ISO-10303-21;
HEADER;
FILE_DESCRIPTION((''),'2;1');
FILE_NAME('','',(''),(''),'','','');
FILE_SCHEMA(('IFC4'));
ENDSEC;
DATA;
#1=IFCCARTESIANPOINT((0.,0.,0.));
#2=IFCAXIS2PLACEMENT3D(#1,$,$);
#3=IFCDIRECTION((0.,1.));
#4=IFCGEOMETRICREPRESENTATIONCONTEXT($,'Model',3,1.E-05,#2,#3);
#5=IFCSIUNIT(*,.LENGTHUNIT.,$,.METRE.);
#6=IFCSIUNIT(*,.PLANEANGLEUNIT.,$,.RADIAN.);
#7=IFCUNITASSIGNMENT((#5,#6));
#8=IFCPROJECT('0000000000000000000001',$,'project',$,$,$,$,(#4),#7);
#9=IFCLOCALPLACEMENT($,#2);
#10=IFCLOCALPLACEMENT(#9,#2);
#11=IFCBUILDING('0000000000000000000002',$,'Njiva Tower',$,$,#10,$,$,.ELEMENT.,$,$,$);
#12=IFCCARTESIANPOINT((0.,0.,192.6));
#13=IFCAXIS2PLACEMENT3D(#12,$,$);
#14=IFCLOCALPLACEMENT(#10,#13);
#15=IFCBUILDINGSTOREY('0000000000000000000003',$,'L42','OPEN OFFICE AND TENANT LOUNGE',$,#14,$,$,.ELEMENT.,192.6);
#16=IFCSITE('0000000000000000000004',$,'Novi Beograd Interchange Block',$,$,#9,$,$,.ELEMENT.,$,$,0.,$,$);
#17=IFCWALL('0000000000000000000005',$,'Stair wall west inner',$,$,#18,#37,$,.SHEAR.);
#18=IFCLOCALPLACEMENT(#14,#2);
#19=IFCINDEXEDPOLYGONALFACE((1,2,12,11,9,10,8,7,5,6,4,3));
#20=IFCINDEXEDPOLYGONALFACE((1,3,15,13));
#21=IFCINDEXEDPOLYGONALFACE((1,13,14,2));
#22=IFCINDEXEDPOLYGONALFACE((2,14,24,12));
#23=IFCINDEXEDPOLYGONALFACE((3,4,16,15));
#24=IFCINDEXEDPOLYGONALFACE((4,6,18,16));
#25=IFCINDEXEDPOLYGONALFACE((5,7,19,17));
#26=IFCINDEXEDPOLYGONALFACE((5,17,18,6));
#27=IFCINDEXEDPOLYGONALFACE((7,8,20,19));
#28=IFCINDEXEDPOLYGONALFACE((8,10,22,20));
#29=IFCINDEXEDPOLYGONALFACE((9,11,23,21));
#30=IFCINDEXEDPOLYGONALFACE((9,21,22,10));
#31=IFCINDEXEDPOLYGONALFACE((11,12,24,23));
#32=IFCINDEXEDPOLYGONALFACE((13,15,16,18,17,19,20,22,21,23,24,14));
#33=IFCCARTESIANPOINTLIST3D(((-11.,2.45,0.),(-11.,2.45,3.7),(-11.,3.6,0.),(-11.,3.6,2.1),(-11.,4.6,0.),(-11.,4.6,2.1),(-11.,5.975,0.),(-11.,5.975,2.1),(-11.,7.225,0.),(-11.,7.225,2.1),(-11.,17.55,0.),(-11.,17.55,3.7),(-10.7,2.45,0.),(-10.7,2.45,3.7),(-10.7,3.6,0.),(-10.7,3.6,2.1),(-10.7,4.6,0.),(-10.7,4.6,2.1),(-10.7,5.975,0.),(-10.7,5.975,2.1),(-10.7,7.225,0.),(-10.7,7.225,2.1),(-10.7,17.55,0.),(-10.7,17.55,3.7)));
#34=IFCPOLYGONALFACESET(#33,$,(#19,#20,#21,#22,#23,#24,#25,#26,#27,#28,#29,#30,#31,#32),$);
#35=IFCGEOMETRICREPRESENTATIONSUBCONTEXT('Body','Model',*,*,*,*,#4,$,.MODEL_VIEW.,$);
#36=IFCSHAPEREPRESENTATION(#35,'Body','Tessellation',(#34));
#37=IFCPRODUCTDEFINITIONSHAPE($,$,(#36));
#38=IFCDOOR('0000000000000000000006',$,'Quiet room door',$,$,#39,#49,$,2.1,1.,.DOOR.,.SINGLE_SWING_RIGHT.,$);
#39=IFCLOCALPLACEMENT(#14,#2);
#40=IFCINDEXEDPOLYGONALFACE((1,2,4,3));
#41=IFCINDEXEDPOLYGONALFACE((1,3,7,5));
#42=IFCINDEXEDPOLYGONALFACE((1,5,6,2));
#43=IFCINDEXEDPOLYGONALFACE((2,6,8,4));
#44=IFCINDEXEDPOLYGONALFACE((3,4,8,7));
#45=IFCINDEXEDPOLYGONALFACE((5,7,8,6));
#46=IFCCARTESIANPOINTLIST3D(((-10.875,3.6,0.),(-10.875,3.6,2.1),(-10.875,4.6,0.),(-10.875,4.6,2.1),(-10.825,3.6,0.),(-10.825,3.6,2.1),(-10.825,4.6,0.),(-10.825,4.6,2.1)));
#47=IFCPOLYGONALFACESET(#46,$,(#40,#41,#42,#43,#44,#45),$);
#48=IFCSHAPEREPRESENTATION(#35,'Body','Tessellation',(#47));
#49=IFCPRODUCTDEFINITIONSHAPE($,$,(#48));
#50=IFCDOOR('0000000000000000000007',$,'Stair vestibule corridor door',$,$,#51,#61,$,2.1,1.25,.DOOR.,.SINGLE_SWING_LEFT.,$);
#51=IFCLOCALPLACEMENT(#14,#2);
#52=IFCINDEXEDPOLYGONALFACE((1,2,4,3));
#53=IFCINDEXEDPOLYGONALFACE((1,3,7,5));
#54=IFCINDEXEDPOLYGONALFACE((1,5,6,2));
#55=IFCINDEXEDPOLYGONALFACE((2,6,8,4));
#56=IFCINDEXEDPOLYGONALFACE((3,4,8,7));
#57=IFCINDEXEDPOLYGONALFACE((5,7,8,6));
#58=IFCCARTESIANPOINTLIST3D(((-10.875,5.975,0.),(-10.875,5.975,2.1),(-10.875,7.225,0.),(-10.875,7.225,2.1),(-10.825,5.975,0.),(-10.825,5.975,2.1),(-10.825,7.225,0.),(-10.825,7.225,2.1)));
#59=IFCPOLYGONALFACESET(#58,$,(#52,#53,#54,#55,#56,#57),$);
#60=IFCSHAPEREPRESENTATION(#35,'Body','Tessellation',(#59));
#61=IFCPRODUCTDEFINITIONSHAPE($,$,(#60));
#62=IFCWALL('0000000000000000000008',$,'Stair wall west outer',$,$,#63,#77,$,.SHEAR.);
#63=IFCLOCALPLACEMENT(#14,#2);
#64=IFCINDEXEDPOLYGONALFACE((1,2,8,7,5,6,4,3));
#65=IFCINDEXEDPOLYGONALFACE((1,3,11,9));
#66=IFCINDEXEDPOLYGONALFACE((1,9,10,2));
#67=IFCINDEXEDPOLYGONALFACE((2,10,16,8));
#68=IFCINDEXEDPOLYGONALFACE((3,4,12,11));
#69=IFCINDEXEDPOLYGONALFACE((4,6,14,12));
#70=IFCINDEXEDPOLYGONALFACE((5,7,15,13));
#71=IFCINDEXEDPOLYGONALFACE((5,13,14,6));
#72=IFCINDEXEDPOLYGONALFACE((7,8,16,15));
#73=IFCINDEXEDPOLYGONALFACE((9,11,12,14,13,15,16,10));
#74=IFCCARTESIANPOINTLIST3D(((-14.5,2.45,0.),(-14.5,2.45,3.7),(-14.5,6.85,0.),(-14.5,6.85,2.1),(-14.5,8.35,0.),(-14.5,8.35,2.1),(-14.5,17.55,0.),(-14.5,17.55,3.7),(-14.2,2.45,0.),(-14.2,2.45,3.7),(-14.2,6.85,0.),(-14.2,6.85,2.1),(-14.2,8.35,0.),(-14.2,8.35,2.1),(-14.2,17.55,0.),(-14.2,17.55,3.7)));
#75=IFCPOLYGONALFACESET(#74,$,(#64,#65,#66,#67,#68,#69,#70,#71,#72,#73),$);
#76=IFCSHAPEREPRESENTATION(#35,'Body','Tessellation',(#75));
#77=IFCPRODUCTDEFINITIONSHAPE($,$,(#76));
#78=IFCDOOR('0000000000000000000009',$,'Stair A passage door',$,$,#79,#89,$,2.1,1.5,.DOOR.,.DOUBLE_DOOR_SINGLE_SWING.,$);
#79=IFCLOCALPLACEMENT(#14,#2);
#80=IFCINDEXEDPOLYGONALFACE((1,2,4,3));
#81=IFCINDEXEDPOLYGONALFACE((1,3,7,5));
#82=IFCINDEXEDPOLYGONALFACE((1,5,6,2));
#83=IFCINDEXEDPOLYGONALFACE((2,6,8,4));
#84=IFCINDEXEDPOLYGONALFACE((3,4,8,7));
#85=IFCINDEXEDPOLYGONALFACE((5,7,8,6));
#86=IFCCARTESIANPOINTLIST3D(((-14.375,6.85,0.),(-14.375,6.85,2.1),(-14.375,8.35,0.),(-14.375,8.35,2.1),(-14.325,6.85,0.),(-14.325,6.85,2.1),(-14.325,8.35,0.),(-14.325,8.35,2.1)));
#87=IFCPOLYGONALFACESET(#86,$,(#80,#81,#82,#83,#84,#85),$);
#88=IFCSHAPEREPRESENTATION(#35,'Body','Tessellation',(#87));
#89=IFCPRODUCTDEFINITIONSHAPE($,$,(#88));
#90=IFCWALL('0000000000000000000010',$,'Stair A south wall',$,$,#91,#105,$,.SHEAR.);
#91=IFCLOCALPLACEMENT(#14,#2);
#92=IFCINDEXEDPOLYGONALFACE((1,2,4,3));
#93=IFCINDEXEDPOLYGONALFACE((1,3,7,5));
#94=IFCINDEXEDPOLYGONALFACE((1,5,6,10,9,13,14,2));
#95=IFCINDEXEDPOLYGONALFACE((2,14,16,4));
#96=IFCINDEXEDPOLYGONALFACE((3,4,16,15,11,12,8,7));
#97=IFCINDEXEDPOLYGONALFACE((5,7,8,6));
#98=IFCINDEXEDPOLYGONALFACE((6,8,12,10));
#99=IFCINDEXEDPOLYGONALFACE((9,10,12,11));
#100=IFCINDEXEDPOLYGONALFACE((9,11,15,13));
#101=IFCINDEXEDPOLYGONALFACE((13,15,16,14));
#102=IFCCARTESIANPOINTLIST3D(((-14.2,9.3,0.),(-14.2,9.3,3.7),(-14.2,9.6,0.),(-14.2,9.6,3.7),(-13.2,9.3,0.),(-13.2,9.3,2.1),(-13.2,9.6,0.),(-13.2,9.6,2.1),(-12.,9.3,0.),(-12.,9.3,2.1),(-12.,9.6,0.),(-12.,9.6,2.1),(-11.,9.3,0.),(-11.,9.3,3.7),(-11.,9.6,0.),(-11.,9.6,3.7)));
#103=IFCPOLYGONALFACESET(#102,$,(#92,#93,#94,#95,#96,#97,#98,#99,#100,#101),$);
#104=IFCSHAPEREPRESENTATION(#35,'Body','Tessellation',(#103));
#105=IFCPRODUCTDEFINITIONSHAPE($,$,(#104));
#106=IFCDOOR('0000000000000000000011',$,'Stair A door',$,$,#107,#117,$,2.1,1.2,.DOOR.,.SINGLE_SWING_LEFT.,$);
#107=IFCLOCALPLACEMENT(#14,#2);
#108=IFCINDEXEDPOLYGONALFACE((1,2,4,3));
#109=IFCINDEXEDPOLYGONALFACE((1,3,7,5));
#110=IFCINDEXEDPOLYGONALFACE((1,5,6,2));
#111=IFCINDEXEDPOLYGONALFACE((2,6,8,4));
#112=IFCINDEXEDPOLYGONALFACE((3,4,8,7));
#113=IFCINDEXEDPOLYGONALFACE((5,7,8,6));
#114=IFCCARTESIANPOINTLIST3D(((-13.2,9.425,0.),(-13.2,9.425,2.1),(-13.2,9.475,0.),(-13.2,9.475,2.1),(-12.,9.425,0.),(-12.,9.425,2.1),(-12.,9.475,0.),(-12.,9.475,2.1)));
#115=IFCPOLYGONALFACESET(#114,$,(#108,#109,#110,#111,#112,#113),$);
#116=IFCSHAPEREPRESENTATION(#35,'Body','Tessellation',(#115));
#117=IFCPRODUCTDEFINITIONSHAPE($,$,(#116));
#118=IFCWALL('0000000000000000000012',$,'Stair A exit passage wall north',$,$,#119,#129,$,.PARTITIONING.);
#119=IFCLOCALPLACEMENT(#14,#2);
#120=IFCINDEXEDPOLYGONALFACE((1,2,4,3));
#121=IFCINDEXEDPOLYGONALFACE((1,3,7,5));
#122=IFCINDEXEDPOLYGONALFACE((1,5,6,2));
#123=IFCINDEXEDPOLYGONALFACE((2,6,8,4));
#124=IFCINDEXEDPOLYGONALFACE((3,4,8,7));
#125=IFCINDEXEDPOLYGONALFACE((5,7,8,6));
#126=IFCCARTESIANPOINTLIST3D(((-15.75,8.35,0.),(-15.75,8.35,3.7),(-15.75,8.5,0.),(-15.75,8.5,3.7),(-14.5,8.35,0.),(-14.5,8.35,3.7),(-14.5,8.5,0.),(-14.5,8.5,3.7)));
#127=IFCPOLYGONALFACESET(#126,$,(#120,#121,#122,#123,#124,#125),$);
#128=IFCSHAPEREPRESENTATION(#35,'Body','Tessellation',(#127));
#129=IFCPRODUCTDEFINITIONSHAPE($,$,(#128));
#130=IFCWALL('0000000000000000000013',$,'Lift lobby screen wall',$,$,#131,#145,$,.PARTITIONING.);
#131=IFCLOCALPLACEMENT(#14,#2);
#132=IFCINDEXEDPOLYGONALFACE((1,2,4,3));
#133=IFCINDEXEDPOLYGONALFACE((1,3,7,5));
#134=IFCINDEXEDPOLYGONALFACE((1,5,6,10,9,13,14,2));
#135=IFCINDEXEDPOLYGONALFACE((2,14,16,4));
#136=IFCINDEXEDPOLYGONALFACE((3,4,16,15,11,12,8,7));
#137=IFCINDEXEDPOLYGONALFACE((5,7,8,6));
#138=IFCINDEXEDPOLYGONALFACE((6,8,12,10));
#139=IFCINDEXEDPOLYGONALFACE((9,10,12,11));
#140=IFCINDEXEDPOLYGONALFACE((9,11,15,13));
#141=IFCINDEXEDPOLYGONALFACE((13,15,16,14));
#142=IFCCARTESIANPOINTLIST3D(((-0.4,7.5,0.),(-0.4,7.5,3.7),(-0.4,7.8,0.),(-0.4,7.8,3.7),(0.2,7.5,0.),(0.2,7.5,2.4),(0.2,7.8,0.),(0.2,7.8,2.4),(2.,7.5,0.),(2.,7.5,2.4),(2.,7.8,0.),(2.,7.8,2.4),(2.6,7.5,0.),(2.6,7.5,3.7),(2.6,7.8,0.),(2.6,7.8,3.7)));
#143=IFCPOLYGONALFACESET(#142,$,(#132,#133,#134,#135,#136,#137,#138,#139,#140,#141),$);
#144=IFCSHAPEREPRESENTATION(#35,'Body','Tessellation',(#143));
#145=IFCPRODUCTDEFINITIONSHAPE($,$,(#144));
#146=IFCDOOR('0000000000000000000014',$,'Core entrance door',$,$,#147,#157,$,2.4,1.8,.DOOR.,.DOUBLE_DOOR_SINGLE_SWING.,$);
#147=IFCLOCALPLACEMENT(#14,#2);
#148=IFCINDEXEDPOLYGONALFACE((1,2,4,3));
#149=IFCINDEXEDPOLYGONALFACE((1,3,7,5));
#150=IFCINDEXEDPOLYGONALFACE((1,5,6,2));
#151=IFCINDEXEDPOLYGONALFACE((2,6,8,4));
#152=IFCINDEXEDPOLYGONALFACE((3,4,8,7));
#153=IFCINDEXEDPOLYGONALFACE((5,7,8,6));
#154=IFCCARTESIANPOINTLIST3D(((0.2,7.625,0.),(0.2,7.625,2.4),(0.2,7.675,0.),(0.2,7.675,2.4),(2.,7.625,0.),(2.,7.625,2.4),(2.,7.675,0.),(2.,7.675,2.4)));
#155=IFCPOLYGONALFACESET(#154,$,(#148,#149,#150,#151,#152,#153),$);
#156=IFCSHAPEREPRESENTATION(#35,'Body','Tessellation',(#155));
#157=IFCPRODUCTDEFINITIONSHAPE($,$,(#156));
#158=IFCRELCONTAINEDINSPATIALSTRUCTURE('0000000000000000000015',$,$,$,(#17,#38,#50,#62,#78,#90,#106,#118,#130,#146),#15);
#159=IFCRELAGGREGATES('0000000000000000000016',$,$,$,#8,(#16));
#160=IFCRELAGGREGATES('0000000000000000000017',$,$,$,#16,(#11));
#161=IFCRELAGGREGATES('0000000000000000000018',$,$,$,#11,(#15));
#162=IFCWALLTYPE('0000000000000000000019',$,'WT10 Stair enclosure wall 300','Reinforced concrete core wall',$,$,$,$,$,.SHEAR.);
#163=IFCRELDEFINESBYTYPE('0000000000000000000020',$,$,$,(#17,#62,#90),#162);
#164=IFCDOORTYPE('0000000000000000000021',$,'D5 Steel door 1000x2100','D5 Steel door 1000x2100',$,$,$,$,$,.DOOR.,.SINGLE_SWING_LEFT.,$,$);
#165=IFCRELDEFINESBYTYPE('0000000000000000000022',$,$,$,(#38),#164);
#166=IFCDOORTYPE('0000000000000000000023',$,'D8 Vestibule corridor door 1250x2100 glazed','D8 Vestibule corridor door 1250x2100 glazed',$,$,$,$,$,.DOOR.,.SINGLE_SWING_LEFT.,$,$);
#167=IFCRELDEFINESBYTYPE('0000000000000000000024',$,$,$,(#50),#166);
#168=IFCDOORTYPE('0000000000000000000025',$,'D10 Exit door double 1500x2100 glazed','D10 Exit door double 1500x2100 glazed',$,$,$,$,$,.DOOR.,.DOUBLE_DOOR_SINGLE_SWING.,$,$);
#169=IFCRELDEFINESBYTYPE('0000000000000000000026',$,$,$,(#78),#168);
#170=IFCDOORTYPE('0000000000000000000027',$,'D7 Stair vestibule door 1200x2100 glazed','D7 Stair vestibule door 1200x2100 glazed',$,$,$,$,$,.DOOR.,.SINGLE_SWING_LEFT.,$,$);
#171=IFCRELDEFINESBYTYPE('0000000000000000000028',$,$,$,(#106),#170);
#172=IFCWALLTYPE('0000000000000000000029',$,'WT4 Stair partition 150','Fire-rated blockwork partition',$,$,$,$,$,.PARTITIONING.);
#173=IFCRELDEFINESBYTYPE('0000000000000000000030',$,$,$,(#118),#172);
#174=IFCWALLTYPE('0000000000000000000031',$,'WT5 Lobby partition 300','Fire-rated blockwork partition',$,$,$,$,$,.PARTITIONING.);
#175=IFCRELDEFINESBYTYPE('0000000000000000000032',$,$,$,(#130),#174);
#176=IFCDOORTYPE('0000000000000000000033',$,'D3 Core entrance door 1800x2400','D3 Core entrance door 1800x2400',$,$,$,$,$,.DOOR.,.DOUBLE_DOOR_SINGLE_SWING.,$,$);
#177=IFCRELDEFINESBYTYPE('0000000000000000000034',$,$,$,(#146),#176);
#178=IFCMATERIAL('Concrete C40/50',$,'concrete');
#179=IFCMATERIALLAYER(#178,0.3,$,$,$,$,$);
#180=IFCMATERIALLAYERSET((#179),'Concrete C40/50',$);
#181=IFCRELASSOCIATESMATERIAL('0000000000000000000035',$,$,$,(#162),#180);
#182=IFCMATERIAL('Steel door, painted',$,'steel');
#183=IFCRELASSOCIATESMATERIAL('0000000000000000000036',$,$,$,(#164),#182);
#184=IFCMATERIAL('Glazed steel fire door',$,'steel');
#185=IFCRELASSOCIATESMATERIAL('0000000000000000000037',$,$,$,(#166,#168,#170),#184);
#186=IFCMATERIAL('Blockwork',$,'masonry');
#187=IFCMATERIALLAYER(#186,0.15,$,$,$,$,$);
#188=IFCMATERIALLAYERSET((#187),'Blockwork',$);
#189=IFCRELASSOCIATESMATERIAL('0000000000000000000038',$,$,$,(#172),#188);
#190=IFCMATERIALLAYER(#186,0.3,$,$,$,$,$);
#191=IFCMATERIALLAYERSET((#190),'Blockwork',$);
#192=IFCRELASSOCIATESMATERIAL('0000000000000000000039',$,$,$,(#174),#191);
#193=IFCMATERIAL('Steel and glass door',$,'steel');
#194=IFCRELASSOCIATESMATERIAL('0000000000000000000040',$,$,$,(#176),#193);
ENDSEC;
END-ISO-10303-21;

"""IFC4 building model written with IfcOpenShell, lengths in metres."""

from ifc_helpers import new_model, si_unit, direction, frame, frame_2d, origin, place, context, subcontext, project, spatial, rectangle, extrude, material, layer, layer_set, type_object, element, fill, save


model = new_model("IFC4")

# Units and contexts
model_context = context("Model", 3, precision=1e-05, world=origin(), true_north=direction((0.0, 1.0)))
body_context = subcontext(model_context, "Body", "Model", "MODEL_VIEW")
ifc_project = project(units=[si_unit("LENGTHUNIT", "METRE"), si_unit("PLANEANGLEUNIT", "RADIAN")], contexts=[model_context])

# Site, building, storey
site_placement = place(None, origin())
site = spatial("IfcSite", under=ifc_project, at=site_placement, Name="Novi Beograd Interchange Block", CompositionType="ELEMENT", RefElevation=0.0)
building_placement = place(site_placement, origin())
building = spatial("IfcBuilding", under=site, at=building_placement, Name="Njiva Tower", CompositionType="ELEMENT")
storey_placement = place(building_placement, frame((0.0, 0.0, 192.6)))
storey = spatial("IfcBuildingStorey", under=building, at=storey_placement, Name="L42", Description="OPEN OFFICE AND TENANT LOUNGE", CompositionType="ELEMENT", Elevation=192.6)

# Shared definitions
ifc_material_1 = material(Name="Blockwork", Category="masonry")

# Wall, openings, doors
ifc_material_2 = material(Name="Concrete C40/50", Category="concrete")
ifc_layer_1 = layer(ifc_material_2, 0.3)
ifc_layer_set_1 = layer_set([ifc_layer_1], Name="Concrete C40/50")
wall_type_1 = type_object("IfcWallType", Name="WT10 Stair enclosure wall 300", Description="Reinforced concrete core wall", PredefinedType="SHEAR", material=ifc_layer_set_1)
wall_1_placement = place(storey_placement, frame((-10.85, 2.45, 0.0), z_axis=(0.0, 0.0, 1.0), x_axis=(0.0, 1.0, 0.0)))
wall_1 = element("IfcWall", 1, at=wall_1_placement, inside=storey, type_object=wall_type_1, Name="Stair wall west inner", PredefinedType="SHEAR", context=body_context, shape_type="SweptSolid", body=[
    extrude(rectangle(XDim=15.1, YDim=0.3, at=frame_2d((7.55, 0.0))), origin(), (0.0, 0.0, 1.0), 3.7),
])
opening_1_placement = place(wall_1_placement, frame((3.525, 0.0, 0.0)))
opening_1 = element("IfcOpeningElement", 2, at=opening_1_placement, cuts=wall_1, PredefinedType="OPENING", context=body_context, shape_type="SweptSolid", body=[
    extrude(rectangle(XDim=1.25, YDim=2.1, at=frame_2d((0.625, 1.05))), frame((0.0, 0.16, 0.0), z_axis=(0.0, -1.0, 0.0), x_axis=(1.0, 0.0, 0.0)), (0.0, 0.0, 1.0), 0.32),
])
opening_2_placement = place(wall_1_placement, frame((1.15, 0.0, 0.0)))
opening_2 = element("IfcOpeningElement", 3, at=opening_2_placement, cuts=wall_1, PredefinedType="OPENING", context=body_context, shape_type="SweptSolid", body=[
    extrude(rectangle(XDim=1.0, YDim=2.1, at=frame_2d((0.5, 1.05))), frame((0.0, 0.16, 0.0), z_axis=(0.0, -1.0, 0.0), x_axis=(1.0, 0.0, 0.0)), (0.0, 0.0, 1.0), 0.32),
])
ifc_material_3 = material(Name="Steel door, painted", Category="steel")
door_type_1 = type_object("IfcDoorType", Name="D5 Steel door 1000x2100", Description="D5 Steel door 1000x2100", OperationType="SINGLE_SWING_LEFT", PredefinedType="DOOR", material=ifc_material_3)
door_1_placement = place(opening_2_placement, origin())
door_1 = element("IfcDoor", 4, at=door_1_placement, inside=storey, type_object=door_type_1, Name="Quiet room door", OperationType="SINGLE_SWING_RIGHT", OverallHeight=2.1, OverallWidth=1.0, PredefinedType="DOOR", context=body_context, shape_type="SweptSolid", body=[
    extrude(rectangle(XDim=1.0, YDim=2.1, at=frame_2d((0.5, 1.05))), frame((0.0, 0.025, 0.0), z_axis=(0.0, -1.0, 0.0), x_axis=(1.0, 0.0, 0.0)), (0.0, 0.0, 1.0), 0.05),
])
fill(opening_2, door_1)
ifc_material_4 = material(Name="Glazed steel fire door", Category="steel")
door_type_2 = type_object("IfcDoorType", Name="D8 Vestibule corridor door 1250x2100 glazed", Description="D8 Vestibule corridor door 1250x2100 glazed", OperationType="SINGLE_SWING_LEFT", PredefinedType="DOOR", material=ifc_material_4)
door_2_placement = place(opening_1_placement, origin())
door_2 = element("IfcDoor", 5, at=door_2_placement, inside=storey, type_object=door_type_2, Name="Stair vestibule corridor door", OperationType="SINGLE_SWING_LEFT", OverallHeight=2.1, OverallWidth=1.25, PredefinedType="DOOR", context=body_context, shape_type="SweptSolid", body=[
    extrude(rectangle(XDim=1.25, YDim=2.1, at=frame_2d((0.625, 1.05))), frame((0.0, 0.025, 0.0), z_axis=(0.0, -1.0, 0.0), x_axis=(1.0, 0.0, 0.0)), (0.0, 0.0, 1.0), 0.05),
])
fill(opening_1, door_2)

# Walls, openings, doors
wall_2_placement = place(storey_placement, frame((-14.35, 2.45, 0.0), z_axis=(0.0, 0.0, 1.0), x_axis=(0.0, 1.0, 0.0)))
wall_2 = element("IfcWall", 6, at=wall_2_placement, inside=storey, type_object=wall_type_1, Name="Stair wall west outer", PredefinedType="SHEAR", context=body_context, shape_type="SweptSolid", body=[
    extrude(rectangle(XDim=15.1, YDim=0.3, at=frame_2d((7.55, 0.0))), origin(), (0.0, 0.0, 1.0), 3.7),
])
opening_3_placement = place(wall_2_placement, frame((4.4, 0.0, 0.0)))
opening_3 = element("IfcOpeningElement", 7, at=opening_3_placement, cuts=wall_2, PredefinedType="OPENING", context=body_context, shape_type="SweptSolid", body=[
    extrude(rectangle(XDim=1.5, YDim=2.1, at=frame_2d((0.75, 1.05))), frame((0.0, 0.16, 0.0), z_axis=(0.0, -1.0, 0.0), x_axis=(1.0, 0.0, 0.0)), (0.0, 0.0, 1.0), 0.32),
])
door_type_3 = type_object("IfcDoorType", Name="D10 Exit door double 1500x2100 glazed", Description="D10 Exit door double 1500x2100 glazed", OperationType="DOUBLE_DOOR_SINGLE_SWING", PredefinedType="DOOR", material=ifc_material_4)
door_3_placement = place(opening_3_placement, origin())
door_3 = element("IfcDoor", 8, at=door_3_placement, inside=storey, type_object=door_type_3, Name="Stair A passage door", OperationType="DOUBLE_DOOR_SINGLE_SWING", OverallHeight=2.1, OverallWidth=1.5, PredefinedType="DOOR", context=body_context, shape_type="SweptSolid", body=[
    extrude(rectangle(XDim=1.5, YDim=2.1, at=frame_2d((0.75, 1.05))), frame((0.0, 0.025, 0.0), z_axis=(0.0, -1.0, 0.0), x_axis=(1.0, 0.0, 0.0)), (0.0, 0.0, 1.0), 0.05),
])
fill(opening_3, door_3)
wall_3_placement = place(storey_placement, frame((-14.2, 9.45, 0.0), z_axis=(0.0, 0.0, 1.0), x_axis=(1.0, 0.0, 0.0)))
wall_3 = element("IfcWall", 9, at=wall_3_placement, inside=storey, type_object=wall_type_1, Name="Stair A south wall", PredefinedType="SHEAR", context=body_context, shape_type="SweptSolid", body=[
    extrude(rectangle(XDim=3.2, YDim=0.3, at=frame_2d((1.6, 0.0))), origin(), (0.0, 0.0, 1.0), 3.7),
])
opening_4_placement = place(wall_3_placement, frame((1.0, 0.0, 0.0)))
opening_4 = element("IfcOpeningElement", 10, at=opening_4_placement, cuts=wall_3, PredefinedType="OPENING", context=body_context, shape_type="SweptSolid", body=[
    extrude(rectangle(XDim=1.2, YDim=2.1, at=frame_2d((0.6, 1.05))), frame((0.0, 0.16, 0.0), z_axis=(0.0, -1.0, 0.0), x_axis=(1.0, 0.0, 0.0)), (0.0, 0.0, 1.0), 0.32),
])
door_type_4 = type_object("IfcDoorType", Name="D7 Stair vestibule door 1200x2100 glazed", Description="D7 Stair vestibule door 1200x2100 glazed", OperationType="SINGLE_SWING_LEFT", PredefinedType="DOOR", material=ifc_material_4)
door_4_placement = place(opening_4_placement, origin())
door_4 = element("IfcDoor", 11, at=door_4_placement, inside=storey, type_object=door_type_4, Name="Stair A door", OperationType="SINGLE_SWING_LEFT", OverallHeight=2.1, OverallWidth=1.2, PredefinedType="DOOR", context=body_context, shape_type="SweptSolid", body=[
    extrude(rectangle(XDim=1.2, YDim=2.1, at=frame_2d((0.6, 1.05))), frame((0.0, 0.025, 0.0), z_axis=(0.0, -1.0, 0.0), x_axis=(1.0, 0.0, 0.0)), (0.0, 0.0, 1.0), 0.05),
])
fill(opening_4, door_4)

# Wall
ifc_layer_2 = layer(ifc_material_1, 0.15)
ifc_layer_set_2 = layer_set([ifc_layer_2], Name="Blockwork")
wall_type_2 = type_object("IfcWallType", Name="WT4 Stair partition 150", Description="Fire-rated blockwork partition", PredefinedType="PARTITIONING", material=ifc_layer_set_2)
wall_4_placement = place(storey_placement, frame((-15.75, 8.425, 0.0), z_axis=(0.0, 0.0, 1.0), x_axis=(1.0, 0.0, 0.0)))
element("IfcWall", 12, at=wall_4_placement, inside=storey, type_object=wall_type_2, Name="Stair A exit passage wall north", PredefinedType="PARTITIONING", context=body_context, shape_type="SweptSolid", body=[
    extrude(rectangle(XDim=1.25, YDim=0.15, at=frame_2d((0.625, 0.0))), origin(), (0.0, 0.0, 1.0), 3.7),
])

# Wall, opening, door
ifc_layer_3 = layer(ifc_material_1, 0.3)
ifc_layer_set_3 = layer_set([ifc_layer_3], Name="Blockwork")
wall_type_3 = type_object("IfcWallType", Name="WT5 Lobby partition 300", Description="Fire-rated blockwork partition", PredefinedType="PARTITIONING", material=ifc_layer_set_3)
wall_5_placement = place(storey_placement, frame((-0.4, 7.65, 0.0), z_axis=(0.0, 0.0, 1.0), x_axis=(1.0, 0.0, 0.0)))
wall_5 = element("IfcWall", 13, at=wall_5_placement, inside=storey, type_object=wall_type_3, Name="Lift lobby screen wall", PredefinedType="PARTITIONING", context=body_context, shape_type="SweptSolid", body=[
    extrude(rectangle(XDim=3.0, YDim=0.3, at=frame_2d((1.5, 0.0))), origin(), (0.0, 0.0, 1.0), 3.7),
])
opening_5_placement = place(wall_5_placement, frame((0.6, 0.0, 0.0)))
opening_5 = element("IfcOpeningElement", 14, at=opening_5_placement, cuts=wall_5, PredefinedType="OPENING", context=body_context, shape_type="SweptSolid", body=[
    extrude(rectangle(XDim=1.8, YDim=2.4, at=frame_2d((0.9, 1.2))), frame((0.0, 0.16, 0.0), z_axis=(0.0, -1.0, 0.0), x_axis=(1.0, 0.0, 0.0)), (0.0, 0.0, 1.0), 0.32),
])
ifc_material_5 = material(Name="Steel and glass door", Category="steel")
door_type_5 = type_object("IfcDoorType", Name="D3 Core entrance door 1800x2400", Description="D3 Core entrance door 1800x2400", OperationType="DOUBLE_DOOR_SINGLE_SWING", PredefinedType="DOOR", material=ifc_material_5)
door_5_placement = place(opening_5_placement, origin())
door_5 = element("IfcDoor", 15, at=door_5_placement, inside=storey, type_object=door_type_5, Name="Core entrance door", OperationType="DOUBLE_DOOR_SINGLE_SWING", OverallHeight=2.4, OverallWidth=1.8, PredefinedType="DOOR", context=body_context, shape_type="SweptSolid", body=[
    extrude(rectangle(XDim=1.8, YDim=2.4, at=frame_2d((0.9, 1.2))), frame((0.0, 0.025, 0.0), z_axis=(0.0, -1.0, 0.0), x_axis=(1.0, 0.0, 0.0)), (0.0, 0.0, 1.0), 0.05),
])
fill(opening_5, door_5)

save(model, "model.ifc")
